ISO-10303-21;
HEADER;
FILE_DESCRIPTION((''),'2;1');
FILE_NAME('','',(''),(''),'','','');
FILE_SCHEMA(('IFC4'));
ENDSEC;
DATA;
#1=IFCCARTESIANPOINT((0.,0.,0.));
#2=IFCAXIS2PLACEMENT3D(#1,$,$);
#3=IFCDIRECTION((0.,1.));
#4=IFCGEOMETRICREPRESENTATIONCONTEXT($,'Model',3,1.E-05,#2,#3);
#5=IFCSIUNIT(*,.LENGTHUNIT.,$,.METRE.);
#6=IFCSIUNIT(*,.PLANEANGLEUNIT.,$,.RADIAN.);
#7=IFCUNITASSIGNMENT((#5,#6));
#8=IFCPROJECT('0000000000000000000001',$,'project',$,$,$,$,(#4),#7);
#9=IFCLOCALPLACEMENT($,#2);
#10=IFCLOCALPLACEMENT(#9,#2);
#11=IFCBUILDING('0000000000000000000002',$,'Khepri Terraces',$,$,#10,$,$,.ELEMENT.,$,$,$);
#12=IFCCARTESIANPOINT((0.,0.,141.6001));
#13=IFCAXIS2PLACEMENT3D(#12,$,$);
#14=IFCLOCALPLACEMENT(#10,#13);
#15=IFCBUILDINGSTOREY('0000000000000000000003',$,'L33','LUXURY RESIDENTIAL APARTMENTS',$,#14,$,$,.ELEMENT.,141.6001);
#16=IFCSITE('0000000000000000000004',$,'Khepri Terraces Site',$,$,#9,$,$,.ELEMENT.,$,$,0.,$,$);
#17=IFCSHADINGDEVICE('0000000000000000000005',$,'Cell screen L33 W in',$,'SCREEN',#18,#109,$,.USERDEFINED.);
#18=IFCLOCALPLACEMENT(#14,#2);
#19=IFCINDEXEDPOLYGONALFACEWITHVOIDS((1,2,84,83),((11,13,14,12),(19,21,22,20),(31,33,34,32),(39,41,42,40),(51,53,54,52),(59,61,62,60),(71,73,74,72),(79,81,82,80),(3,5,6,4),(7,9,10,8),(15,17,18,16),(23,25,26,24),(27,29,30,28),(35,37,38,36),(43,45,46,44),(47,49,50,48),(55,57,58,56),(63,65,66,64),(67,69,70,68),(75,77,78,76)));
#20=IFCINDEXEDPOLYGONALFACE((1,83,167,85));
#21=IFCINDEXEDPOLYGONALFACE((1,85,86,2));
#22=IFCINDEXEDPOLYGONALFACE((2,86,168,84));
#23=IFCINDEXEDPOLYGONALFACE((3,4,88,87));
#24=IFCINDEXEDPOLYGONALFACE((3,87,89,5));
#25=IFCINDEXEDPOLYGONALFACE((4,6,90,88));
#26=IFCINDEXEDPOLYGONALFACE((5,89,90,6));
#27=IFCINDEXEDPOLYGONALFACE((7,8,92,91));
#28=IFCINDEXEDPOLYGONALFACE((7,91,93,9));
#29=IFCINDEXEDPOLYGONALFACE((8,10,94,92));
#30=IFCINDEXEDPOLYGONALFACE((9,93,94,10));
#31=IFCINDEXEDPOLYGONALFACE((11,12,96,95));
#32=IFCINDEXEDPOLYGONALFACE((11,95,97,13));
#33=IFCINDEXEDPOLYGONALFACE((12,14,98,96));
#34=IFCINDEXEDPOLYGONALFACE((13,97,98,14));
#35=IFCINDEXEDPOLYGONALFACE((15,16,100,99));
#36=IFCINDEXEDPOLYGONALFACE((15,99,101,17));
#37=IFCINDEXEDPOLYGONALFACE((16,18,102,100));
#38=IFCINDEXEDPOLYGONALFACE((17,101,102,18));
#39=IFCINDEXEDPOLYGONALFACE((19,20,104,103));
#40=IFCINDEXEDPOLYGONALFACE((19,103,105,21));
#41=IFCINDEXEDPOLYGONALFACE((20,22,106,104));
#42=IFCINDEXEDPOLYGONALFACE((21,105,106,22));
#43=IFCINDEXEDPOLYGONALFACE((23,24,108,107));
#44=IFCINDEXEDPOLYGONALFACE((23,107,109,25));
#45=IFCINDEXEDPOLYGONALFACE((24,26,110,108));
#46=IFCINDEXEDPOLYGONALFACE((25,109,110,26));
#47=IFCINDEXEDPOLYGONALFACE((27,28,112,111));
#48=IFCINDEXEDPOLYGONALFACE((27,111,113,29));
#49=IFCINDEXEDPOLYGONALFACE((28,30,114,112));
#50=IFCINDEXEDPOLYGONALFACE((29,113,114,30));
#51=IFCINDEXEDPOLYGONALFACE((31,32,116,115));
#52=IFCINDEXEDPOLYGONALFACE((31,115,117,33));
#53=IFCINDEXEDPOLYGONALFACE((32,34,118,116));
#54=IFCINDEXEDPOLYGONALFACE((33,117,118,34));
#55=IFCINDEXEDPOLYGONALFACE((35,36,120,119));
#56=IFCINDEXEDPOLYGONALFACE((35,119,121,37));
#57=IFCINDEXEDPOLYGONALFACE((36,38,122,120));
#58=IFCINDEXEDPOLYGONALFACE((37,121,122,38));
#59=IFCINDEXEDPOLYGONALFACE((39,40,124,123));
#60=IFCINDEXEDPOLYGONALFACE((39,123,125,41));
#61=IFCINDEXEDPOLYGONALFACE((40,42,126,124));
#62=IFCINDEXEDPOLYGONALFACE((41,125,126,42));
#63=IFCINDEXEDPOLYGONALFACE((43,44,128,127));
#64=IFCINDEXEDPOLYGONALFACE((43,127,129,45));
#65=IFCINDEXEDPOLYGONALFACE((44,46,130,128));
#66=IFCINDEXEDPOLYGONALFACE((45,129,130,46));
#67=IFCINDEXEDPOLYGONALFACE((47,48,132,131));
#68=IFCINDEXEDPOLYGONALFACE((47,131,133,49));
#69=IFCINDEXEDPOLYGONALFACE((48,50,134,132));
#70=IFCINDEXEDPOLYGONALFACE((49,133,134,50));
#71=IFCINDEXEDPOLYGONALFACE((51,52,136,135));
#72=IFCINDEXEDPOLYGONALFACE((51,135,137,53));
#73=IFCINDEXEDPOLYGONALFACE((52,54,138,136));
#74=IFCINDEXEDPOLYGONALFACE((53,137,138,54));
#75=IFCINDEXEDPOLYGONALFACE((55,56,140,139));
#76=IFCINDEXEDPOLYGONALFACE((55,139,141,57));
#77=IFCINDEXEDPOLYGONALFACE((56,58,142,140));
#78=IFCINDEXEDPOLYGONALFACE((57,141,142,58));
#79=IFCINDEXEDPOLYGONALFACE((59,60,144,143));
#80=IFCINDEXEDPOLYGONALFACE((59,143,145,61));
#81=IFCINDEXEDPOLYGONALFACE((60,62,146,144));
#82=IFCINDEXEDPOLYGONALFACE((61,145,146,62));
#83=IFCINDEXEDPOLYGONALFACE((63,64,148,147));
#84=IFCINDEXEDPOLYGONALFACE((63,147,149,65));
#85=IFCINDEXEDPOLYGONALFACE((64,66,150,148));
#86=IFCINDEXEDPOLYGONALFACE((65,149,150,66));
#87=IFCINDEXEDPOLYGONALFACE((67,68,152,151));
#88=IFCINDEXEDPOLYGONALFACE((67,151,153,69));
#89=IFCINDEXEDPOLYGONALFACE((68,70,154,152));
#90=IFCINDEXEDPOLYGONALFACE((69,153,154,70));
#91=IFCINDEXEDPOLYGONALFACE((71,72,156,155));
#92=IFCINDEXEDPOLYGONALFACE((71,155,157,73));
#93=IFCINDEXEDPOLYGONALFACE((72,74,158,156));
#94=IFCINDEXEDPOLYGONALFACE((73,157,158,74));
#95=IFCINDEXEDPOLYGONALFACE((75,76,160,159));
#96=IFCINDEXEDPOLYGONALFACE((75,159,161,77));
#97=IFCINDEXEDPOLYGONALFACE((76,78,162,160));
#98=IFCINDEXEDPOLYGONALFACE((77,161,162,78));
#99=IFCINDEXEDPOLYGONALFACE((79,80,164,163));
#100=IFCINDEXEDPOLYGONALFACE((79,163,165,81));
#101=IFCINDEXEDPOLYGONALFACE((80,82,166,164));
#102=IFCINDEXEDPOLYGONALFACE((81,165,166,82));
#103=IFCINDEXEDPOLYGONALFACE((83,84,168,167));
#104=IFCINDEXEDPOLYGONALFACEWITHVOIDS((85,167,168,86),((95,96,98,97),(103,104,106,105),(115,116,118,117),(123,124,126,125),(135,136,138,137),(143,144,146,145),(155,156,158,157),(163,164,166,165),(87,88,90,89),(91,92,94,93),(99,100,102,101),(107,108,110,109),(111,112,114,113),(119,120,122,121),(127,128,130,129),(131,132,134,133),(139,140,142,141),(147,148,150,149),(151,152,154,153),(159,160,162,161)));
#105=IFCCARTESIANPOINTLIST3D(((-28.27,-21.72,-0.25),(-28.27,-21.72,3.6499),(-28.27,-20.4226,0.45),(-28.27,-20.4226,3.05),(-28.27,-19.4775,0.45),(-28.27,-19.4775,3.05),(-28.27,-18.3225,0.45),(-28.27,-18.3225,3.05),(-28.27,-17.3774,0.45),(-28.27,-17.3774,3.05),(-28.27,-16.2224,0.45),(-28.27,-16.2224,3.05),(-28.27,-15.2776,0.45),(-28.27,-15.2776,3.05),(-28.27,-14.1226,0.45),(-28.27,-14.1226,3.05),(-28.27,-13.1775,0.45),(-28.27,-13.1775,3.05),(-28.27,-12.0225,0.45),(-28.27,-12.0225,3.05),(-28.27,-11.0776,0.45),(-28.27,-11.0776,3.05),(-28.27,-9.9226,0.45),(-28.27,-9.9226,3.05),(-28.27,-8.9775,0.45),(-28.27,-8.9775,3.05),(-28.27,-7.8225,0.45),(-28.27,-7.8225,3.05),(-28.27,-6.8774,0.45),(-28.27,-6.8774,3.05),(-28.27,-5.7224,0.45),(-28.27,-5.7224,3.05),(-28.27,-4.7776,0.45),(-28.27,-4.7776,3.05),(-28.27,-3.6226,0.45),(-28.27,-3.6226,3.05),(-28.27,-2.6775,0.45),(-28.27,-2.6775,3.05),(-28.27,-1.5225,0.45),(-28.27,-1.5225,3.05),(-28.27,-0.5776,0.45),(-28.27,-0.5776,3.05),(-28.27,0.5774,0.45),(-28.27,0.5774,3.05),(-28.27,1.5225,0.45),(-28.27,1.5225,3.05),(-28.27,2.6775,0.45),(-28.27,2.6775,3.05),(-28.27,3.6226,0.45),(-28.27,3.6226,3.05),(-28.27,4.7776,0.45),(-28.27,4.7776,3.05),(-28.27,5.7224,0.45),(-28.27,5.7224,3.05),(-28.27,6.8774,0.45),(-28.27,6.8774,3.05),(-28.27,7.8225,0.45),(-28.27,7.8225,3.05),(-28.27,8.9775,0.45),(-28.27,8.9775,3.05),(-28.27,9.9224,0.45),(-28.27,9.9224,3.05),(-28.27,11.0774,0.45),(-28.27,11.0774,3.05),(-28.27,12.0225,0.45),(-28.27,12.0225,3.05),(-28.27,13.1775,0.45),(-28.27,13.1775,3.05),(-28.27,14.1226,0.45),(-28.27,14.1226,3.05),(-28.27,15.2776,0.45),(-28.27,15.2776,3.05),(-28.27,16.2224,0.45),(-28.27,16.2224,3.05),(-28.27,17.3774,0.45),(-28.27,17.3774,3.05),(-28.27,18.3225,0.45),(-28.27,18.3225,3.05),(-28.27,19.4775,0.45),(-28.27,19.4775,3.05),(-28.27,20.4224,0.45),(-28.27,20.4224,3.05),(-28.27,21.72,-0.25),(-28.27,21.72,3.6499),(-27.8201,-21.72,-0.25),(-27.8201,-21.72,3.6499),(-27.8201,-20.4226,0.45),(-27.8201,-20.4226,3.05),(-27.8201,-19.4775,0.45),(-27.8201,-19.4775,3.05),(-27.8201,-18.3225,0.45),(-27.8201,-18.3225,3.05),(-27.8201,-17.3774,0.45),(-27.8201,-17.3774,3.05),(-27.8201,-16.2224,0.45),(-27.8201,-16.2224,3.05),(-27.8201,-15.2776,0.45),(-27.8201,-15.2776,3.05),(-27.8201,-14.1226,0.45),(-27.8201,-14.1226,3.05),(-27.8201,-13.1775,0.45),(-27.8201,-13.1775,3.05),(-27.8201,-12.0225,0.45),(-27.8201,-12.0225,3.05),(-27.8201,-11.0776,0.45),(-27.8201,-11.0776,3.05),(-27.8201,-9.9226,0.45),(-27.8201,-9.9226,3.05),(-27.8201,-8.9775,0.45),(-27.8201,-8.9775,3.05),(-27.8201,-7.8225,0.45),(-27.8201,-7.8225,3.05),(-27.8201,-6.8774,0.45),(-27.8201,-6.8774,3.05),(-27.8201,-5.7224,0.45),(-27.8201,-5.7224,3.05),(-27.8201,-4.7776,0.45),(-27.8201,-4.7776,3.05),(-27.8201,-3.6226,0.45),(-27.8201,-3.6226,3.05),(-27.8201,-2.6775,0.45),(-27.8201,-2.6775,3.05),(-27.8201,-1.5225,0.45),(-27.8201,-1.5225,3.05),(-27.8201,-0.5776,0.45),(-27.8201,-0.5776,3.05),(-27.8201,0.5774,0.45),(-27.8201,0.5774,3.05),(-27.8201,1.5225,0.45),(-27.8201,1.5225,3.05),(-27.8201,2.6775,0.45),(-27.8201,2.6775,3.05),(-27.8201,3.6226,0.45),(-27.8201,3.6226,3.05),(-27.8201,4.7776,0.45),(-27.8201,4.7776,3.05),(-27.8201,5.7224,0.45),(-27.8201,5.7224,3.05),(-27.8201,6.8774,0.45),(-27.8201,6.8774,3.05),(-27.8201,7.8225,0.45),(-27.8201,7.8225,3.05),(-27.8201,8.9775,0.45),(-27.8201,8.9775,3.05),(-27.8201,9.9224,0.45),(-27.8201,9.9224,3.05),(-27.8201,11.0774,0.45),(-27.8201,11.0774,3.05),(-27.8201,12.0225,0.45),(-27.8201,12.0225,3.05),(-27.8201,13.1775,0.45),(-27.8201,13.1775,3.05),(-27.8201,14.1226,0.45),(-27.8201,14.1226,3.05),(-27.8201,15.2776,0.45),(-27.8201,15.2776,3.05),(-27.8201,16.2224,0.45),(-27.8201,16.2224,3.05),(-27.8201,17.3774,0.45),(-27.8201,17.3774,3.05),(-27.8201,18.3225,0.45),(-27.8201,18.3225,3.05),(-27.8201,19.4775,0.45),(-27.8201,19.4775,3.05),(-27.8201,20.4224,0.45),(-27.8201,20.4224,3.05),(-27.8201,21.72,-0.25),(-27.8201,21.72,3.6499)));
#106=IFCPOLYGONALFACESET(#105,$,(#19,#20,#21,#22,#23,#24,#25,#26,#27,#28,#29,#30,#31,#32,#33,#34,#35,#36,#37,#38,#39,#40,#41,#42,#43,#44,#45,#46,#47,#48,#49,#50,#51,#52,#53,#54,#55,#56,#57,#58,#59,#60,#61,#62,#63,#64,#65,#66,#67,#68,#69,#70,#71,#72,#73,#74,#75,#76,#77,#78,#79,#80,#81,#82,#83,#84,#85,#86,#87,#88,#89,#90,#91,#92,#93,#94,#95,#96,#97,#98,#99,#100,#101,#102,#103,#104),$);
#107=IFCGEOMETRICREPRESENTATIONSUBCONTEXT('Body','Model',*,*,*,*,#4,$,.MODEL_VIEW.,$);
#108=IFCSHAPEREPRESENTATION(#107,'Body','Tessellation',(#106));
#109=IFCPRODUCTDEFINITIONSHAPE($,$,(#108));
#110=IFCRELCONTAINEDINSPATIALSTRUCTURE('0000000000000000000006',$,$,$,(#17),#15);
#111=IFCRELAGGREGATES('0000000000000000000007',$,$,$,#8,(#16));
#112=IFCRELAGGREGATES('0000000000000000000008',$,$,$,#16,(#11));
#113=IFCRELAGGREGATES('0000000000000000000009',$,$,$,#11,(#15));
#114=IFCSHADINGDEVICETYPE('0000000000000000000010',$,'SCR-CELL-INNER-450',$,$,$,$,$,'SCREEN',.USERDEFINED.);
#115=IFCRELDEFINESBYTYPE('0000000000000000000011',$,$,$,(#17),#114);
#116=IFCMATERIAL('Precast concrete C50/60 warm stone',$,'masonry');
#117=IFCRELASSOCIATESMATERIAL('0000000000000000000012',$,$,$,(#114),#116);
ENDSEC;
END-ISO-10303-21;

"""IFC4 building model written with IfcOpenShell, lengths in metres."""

from ifc_helpers import new_model, si_unit, direction, frame, origin, place, context, subcontext, project, spatial, polyline, outline, extrude, material, type_object, element, save


model = new_model("IFC4")

# Units and contexts
model_context = context("Model", 3, precision=1e-05, world=origin(), true_north=direction((0.0, 1.0)))
body_context = subcontext(model_context, "Body", "Model", "MODEL_VIEW")
ifc_project = project(units=[si_unit("LENGTHUNIT", "METRE"), si_unit("PLANEANGLEUNIT", "RADIAN")], contexts=[model_context])

# Site, building, storey
site_placement = place(None, origin())
site = spatial("IfcSite", under=ifc_project, at=site_placement, Name="Khepri Terraces Site", CompositionType="ELEMENT", RefElevation=0.0)
building_placement = place(site_placement, origin())
building = spatial("IfcBuilding", under=site, at=building_placement, Name="Khepri Terraces", CompositionType="ELEMENT")
storey_placement = place(building_placement, frame((0.0, 0.0, 141.6001)))
storey = spatial("IfcBuildingStorey", under=building, at=storey_placement, Name="L33", Description="LUXURY RESIDENTIAL APARTMENTS", CompositionType="ELEMENT", Elevation=141.6001)

# Shared definitions
ifc_material_1 = material(Name="Precast concrete C50/60 warm stone", Category="masonry")

# Shading device
shading_device_type_1 = type_object("IfcShadingDeviceType", Name="SCR-CELL-INNER-450", ElementType="SCREEN", PredefinedType="USERDEFINED", material=ifc_material_1)
shading_device_1_placement = place(storey_placement, frame((-27.8201, 21.72, -0.25), z_axis=(-1.0, 0.0, 0.0), x_axis=(0.0, -1.0, 0.0)))
element("IfcShadingDevice", 1, at=shading_device_1_placement, inside=storey, type_object=shading_device_type_1, Name="Cell screen L33 W in", ObjectType="SCREEN", PredefinedType="USERDEFINED", context=body_context, shape_type="SweptSolid", body=[
    extrude(outline(polyline([(0.0, 0.0), (43.4399, 0.0), (43.4399, 3.8999), (0.0, 3.8999), (0.0, 0.0)]), holes=[polyline([(1.2976, 0.7), (2.2424, 0.7), (2.2424, 3.3), (1.2976, 3.3), (1.2976, 0.7)]), polyline([(3.3975, 0.7), (4.3425, 0.7), (4.3425, 3.3), (3.3975, 3.3), (3.3975, 0.7)]), polyline([(5.4976, 0.7), (6.4424, 0.7), (6.4424, 3.3), (5.4976, 3.3), (5.4976, 0.7)]), polyline([(7.5974, 0.7), (8.5425, 0.7), (8.5425, 3.3), (7.5974, 3.3), (7.5974, 0.7)]), polyline([(9.6975, 0.7), (10.6426, 0.7), (10.6426, 3.3), (9.6975, 3.3), (9.6975, 0.7)]), polyline([(11.7976, 0.7), (12.7424, 0.7), (12.7424, 3.3), (11.7976, 3.3), (11.7976, 0.7)]), polyline([(13.8975, 0.7), (14.8425, 0.7), (14.8425, 3.3), (13.8975, 3.3), (13.8975, 0.7)]), polyline([(15.9976, 0.7), (16.9424, 0.7), (16.9424, 3.3), (15.9976, 3.3), (15.9976, 0.7)]), polyline([(18.0974, 0.7), (19.0425, 0.7), (19.0425, 3.3), (18.0974, 3.3), (18.0974, 0.7)]), polyline([(20.1975, 0.7), (21.1426, 0.7), (21.1426, 3.3), (20.1975, 3.3), (20.1975, 0.7)]), polyline([(22.2976, 0.7), (23.2424, 0.7), (23.2424, 3.3), (22.2976, 3.3), (22.2976, 0.7)]), polyline([(24.3975, 0.7), (25.3425, 0.7), (25.3425, 3.3), (24.3975, 3.3), (24.3975, 0.7)]), polyline([(26.4976, 0.7), (27.4424, 0.7), (27.4424, 3.3), (26.4976, 3.3), (26.4976, 0.7)]), polyline([(28.5974, 0.7), (29.5425, 0.7), (29.5425, 3.3), (28.5974, 3.3), (28.5974, 0.7)]), polyline([(30.6975, 0.7), (31.6426, 0.7), (31.6426, 3.3), (30.6975, 3.3), (30.6975, 0.7)]), polyline([(32.7976, 0.7), (33.7424, 0.7), (33.7424, 3.3), (32.7976, 3.3), (32.7976, 0.7)]), polyline([(34.8975, 0.7), (35.8425, 0.7), (35.8425, 3.3), (34.8975, 3.3), (34.8975, 0.7)]), polyline([(36.9976, 0.7), (37.9424, 0.7), (37.9424, 3.3), (36.9976, 3.3), (36.9976, 0.7)]), polyline([(39.0974, 0.7), (40.0425, 0.7), (40.0425, 3.3), (39.0974, 3.3), (39.0974, 0.7)]), polyline([(41.1975, 0.7), (42.1426, 0.7), (42.1426, 3.3), (41.1975, 3.3), (41.1975, 0.7)])]), origin(), (0.0, 0.0, 1.0), 0.45),
])

save(model, "model.ifc")
